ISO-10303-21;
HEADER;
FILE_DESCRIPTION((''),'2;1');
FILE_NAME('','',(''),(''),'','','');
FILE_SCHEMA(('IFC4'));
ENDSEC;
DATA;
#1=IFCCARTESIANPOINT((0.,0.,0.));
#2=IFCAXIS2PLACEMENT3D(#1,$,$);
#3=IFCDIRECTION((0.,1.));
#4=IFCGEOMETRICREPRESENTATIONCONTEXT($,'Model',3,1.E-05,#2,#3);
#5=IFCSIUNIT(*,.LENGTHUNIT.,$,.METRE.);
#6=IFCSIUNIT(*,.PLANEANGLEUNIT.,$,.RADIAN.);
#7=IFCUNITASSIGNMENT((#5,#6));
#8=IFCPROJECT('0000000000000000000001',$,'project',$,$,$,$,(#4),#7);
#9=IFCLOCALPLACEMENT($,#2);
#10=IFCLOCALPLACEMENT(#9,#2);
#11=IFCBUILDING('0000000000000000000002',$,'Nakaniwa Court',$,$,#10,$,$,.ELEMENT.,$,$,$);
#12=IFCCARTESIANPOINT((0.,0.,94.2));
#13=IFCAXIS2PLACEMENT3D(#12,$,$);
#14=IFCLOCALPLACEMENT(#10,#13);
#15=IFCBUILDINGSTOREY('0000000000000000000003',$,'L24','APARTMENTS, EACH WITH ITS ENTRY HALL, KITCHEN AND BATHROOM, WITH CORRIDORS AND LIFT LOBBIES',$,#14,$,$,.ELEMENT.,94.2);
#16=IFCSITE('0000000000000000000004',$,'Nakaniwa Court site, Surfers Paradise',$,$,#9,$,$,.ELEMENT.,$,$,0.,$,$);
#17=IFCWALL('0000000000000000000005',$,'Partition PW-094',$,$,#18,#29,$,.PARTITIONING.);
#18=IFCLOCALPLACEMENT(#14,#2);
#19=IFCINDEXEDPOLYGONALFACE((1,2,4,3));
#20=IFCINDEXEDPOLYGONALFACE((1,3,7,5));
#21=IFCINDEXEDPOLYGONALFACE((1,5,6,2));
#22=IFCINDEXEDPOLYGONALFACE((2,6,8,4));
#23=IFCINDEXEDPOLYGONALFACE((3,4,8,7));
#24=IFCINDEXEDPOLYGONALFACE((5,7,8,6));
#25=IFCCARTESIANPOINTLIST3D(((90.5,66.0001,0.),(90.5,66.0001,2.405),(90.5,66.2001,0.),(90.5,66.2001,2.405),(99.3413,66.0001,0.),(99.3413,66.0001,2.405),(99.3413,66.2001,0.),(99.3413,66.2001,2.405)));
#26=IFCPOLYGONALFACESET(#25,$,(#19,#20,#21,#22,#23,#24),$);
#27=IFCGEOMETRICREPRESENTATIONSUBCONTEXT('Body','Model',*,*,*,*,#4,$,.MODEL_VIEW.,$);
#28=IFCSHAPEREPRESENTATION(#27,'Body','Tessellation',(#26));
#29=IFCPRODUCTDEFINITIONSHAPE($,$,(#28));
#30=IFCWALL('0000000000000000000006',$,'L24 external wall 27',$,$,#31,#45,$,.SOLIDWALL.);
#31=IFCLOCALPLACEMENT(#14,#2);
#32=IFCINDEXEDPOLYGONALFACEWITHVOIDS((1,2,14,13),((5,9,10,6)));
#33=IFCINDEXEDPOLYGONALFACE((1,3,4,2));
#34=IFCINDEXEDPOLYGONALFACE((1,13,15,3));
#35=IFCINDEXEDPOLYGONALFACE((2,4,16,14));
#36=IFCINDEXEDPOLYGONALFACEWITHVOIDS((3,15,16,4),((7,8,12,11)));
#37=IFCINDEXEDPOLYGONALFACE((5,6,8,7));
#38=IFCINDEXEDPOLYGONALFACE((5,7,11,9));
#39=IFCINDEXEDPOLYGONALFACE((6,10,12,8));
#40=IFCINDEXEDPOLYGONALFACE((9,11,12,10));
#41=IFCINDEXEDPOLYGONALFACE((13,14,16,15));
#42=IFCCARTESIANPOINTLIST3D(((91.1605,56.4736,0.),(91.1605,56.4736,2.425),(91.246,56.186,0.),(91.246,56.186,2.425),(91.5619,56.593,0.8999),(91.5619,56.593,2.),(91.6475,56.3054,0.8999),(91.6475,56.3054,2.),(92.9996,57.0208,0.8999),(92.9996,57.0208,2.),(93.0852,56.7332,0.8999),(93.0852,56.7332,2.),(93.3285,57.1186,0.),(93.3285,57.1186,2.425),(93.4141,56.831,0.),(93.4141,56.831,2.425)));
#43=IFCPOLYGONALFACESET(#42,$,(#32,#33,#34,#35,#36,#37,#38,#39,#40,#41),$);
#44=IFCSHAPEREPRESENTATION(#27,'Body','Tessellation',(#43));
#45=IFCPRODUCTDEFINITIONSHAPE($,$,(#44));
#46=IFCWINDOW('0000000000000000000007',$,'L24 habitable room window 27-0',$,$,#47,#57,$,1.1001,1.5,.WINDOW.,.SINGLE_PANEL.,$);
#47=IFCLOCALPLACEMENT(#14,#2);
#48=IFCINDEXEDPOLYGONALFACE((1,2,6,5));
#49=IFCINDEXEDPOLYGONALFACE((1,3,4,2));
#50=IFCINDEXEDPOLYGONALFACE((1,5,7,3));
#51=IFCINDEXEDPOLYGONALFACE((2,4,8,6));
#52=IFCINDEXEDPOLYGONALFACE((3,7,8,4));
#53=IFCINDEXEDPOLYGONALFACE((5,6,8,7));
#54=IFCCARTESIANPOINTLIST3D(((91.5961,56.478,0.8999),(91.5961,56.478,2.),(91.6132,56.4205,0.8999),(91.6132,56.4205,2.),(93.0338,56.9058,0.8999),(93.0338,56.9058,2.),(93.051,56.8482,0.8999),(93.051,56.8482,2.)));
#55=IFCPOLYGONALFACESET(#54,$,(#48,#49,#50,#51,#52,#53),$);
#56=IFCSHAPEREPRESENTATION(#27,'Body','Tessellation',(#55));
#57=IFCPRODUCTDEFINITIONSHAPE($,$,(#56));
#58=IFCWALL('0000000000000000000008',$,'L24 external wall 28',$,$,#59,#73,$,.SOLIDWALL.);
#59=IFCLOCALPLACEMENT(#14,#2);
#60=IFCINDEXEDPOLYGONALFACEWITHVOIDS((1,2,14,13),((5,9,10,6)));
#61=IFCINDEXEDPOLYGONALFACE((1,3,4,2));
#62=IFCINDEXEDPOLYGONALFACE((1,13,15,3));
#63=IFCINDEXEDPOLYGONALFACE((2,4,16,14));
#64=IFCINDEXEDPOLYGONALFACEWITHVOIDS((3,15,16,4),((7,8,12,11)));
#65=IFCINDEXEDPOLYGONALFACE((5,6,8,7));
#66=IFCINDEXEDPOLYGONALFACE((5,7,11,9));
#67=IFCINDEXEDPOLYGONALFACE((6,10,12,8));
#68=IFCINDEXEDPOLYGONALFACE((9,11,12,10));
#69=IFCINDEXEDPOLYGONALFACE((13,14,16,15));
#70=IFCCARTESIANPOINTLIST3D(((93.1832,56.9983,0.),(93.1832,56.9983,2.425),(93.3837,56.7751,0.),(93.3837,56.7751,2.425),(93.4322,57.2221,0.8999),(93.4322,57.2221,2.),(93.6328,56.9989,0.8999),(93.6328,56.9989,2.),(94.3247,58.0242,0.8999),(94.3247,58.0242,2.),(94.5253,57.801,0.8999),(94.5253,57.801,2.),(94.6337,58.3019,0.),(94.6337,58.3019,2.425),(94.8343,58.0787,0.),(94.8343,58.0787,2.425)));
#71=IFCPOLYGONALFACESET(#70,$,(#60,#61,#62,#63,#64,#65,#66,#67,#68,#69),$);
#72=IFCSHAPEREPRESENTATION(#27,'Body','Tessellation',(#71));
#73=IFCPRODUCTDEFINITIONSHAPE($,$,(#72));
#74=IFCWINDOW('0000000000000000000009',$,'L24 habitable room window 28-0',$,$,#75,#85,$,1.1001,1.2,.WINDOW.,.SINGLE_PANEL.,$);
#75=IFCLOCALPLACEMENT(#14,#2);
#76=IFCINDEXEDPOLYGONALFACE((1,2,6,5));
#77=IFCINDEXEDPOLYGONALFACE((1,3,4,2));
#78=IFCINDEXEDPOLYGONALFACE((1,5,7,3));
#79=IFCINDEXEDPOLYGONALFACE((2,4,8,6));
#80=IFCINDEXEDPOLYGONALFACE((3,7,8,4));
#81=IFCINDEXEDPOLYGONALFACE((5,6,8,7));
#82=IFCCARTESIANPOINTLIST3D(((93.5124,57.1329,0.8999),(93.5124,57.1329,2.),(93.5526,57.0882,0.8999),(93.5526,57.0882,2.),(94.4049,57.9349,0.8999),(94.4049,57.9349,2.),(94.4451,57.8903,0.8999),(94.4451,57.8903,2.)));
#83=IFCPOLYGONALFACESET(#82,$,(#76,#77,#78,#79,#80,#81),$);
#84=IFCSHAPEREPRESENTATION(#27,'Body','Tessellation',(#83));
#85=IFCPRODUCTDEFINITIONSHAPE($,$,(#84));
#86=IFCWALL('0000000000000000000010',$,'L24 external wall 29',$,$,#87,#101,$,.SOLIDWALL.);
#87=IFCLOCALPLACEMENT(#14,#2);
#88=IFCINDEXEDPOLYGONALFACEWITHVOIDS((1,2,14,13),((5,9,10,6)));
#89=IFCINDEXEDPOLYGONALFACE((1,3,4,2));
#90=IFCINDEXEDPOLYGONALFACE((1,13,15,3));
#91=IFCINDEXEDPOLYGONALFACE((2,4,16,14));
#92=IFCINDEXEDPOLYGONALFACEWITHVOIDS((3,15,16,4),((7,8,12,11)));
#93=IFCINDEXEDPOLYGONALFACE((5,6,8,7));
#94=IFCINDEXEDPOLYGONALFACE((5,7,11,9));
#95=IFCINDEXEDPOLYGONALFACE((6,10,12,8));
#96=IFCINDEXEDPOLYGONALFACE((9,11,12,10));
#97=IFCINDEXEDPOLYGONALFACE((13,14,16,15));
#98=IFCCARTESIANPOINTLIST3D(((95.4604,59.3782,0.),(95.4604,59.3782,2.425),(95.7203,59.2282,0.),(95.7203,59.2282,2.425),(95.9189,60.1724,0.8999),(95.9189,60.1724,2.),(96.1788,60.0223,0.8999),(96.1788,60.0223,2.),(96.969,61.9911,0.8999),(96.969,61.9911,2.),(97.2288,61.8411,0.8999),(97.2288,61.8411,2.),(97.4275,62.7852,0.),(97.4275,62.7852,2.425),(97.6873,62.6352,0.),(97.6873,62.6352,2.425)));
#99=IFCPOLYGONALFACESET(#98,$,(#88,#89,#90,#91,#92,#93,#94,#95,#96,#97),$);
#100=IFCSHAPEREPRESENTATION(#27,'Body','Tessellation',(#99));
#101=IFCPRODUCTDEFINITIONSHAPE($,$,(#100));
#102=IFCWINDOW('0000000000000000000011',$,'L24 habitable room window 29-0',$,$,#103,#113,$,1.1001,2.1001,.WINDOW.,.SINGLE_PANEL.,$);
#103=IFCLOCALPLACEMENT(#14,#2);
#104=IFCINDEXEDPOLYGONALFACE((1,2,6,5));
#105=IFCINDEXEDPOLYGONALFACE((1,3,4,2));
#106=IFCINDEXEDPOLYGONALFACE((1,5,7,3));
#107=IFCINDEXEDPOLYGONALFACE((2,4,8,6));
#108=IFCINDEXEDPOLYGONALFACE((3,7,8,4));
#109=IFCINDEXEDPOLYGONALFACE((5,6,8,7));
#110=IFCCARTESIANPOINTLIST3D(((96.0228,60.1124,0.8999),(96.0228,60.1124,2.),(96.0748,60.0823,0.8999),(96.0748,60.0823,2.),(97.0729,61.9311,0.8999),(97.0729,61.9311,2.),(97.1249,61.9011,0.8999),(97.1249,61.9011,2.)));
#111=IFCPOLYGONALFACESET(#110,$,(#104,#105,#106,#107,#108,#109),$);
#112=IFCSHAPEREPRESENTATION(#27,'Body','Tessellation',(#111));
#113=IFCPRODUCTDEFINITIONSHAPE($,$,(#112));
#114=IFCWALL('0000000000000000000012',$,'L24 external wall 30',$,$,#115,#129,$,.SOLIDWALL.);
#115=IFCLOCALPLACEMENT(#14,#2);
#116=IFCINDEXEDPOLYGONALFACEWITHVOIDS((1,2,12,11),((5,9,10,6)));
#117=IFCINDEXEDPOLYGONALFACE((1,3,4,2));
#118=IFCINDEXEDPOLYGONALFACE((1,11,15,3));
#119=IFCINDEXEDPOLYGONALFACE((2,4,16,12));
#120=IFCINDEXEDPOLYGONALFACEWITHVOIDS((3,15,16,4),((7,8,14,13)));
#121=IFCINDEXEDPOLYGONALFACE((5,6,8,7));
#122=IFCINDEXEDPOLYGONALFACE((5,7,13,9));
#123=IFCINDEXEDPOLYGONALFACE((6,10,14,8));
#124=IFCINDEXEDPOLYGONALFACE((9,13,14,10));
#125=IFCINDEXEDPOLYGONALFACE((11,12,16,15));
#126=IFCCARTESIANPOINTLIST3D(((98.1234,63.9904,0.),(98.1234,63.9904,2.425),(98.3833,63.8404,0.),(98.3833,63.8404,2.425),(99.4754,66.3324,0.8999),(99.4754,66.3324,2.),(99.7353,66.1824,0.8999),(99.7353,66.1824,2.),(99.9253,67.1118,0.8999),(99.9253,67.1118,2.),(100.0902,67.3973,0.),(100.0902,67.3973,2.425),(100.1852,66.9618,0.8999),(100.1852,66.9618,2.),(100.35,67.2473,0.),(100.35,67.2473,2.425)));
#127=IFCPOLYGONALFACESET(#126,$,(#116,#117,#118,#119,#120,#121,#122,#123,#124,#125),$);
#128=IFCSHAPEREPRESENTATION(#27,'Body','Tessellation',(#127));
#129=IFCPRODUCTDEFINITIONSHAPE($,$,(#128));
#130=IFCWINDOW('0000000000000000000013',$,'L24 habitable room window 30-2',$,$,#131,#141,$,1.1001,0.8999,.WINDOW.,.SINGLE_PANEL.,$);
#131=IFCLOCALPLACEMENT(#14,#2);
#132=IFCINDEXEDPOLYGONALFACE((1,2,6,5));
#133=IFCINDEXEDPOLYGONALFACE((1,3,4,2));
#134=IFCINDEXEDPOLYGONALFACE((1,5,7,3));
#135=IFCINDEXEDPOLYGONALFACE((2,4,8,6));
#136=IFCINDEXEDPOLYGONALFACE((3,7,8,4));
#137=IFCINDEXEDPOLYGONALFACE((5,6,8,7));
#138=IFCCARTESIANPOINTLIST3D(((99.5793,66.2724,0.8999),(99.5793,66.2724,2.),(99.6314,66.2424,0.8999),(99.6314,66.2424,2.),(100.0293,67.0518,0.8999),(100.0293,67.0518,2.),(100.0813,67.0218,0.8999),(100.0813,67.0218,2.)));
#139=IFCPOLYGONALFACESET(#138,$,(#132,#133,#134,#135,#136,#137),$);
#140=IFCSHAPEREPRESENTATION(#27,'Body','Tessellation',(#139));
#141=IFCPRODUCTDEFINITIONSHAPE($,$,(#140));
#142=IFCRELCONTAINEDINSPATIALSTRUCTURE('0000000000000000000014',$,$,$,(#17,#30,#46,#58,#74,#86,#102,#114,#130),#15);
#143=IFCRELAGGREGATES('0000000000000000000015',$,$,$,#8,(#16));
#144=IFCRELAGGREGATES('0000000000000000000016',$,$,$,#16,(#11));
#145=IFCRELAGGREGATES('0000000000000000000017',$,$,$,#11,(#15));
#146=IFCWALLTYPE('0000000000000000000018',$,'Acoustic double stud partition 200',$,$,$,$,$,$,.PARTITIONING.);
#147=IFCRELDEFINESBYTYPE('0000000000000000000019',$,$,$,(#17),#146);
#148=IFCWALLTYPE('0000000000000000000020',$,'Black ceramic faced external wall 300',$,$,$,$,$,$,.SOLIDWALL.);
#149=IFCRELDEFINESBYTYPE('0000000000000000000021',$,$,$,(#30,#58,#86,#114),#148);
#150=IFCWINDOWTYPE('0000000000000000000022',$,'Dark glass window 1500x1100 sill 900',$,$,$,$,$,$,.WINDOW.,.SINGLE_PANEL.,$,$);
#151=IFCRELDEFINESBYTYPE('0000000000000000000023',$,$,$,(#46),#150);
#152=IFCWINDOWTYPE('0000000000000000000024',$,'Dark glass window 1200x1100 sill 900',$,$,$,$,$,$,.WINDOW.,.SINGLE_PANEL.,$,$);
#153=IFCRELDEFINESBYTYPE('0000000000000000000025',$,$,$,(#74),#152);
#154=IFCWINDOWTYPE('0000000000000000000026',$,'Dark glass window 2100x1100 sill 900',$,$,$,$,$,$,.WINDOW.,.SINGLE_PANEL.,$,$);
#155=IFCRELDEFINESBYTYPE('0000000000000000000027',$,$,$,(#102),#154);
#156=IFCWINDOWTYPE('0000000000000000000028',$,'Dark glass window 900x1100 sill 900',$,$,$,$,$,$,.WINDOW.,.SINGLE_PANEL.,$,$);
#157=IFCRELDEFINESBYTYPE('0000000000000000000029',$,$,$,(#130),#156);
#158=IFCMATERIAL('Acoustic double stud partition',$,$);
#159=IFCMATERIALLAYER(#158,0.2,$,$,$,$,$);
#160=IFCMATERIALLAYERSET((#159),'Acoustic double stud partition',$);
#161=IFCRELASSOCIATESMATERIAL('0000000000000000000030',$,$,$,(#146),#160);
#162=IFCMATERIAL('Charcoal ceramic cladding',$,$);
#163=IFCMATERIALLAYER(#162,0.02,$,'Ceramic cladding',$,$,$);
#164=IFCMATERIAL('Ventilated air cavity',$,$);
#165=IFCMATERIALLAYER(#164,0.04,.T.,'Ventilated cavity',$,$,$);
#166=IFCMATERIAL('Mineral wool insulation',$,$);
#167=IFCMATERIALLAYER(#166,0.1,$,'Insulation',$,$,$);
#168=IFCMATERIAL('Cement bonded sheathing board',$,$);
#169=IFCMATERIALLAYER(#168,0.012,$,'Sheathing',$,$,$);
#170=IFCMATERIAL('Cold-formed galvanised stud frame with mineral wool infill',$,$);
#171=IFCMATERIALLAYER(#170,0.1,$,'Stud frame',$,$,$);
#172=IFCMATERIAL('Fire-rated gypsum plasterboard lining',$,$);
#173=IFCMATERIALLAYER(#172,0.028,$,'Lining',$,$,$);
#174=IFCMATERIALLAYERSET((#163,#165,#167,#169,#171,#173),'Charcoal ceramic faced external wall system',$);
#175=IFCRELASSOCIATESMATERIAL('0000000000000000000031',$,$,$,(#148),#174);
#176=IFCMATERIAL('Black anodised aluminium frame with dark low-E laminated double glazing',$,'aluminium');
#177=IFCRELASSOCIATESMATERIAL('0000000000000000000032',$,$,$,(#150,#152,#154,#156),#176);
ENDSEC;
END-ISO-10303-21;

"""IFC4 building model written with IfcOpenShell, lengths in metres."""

from ifc_helpers import new_model, si_unit, direction, frame, frame_2d, origin, place, context, subcontext, project, spatial, rectangle, extrude, material, layer, layer_set, type_object, element, fill, save


model = new_model("IFC4")

# Units and contexts
model_context = context("Model", 3, precision=1e-05, world=origin(), true_north=direction((0.0, 1.0)))
body_context = subcontext(model_context, "Body", "Model", "MODEL_VIEW")
ifc_project = project(units=[si_unit("LENGTHUNIT", "METRE"), si_unit("PLANEANGLEUNIT", "RADIAN")], contexts=[model_context])

# Site, building, storey
site_placement = place(None, origin())
site = spatial("IfcSite", under=ifc_project, at=site_placement, Name="Nakaniwa Court site, Surfers Paradise", CompositionType="ELEMENT", RefElevation=0.0)
building_placement = place(site_placement, origin())
building = spatial("IfcBuilding", under=site, at=building_placement, Name="Nakaniwa Court", CompositionType="ELEMENT")
storey_placement = place(building_placement, frame((0.0, 0.0, 94.2)))
storey = spatial("IfcBuildingStorey", under=building, at=storey_placement, Name="L24", Description="APARTMENTS, EACH WITH ITS ENTRY HALL, KITCHEN AND BATHROOM, WITH CORRIDORS AND LIFT LOBBIES", CompositionType="ELEMENT", Elevation=94.2)

# Wall
ifc_material_1 = material(Name="Acoustic double stud partition")
ifc_layer_1 = layer(ifc_material_1, 0.2)
ifc_layer_set_1 = layer_set([ifc_layer_1], Name="Acoustic double stud partition")
wall_type_1 = type_object("IfcWallType", Name="Acoustic double stud partition 200", PredefinedType="PARTITIONING", material=ifc_layer_set_1)
wall_1_placement = place(storey_placement, frame((90.5, 66.1001, 0.0), z_axis=(0.0, 0.0, 1.0), x_axis=(1.0, 0.0, 0.0)))
element("IfcWall", 1, at=wall_1_placement, inside=storey, type_object=wall_type_1, Name="Partition PW-094", PredefinedType="PARTITIONING", context=body_context, shape_type="SweptSolid", body=[
    extrude(rectangle(XDim=8.8413, YDim=0.2, at=frame_2d((4.4207, 0.0))), origin(), (0.0, 0.0, 1.0), 2.405),
])

# Walls, openings, windows
ifc_material_2 = material(Name="Charcoal ceramic cladding")
ifc_layer_2 = layer(ifc_material_2, 0.02, Name="Ceramic cladding")
ifc_material_3 = material(Name="Ventilated air cavity")
ifc_layer_3 = layer(ifc_material_3, 0.04, ventilated=True, Name="Ventilated cavity")
ifc_material_4 = material(Name="Mineral wool insulation")
ifc_layer_4 = layer(ifc_material_4, 0.1, Name="Insulation")
ifc_material_5 = material(Name="Cement bonded sheathing board")
ifc_layer_5 = layer(ifc_material_5, 0.012, Name="Sheathing")
ifc_material_6 = material(Name="Cold-formed galvanised stud frame with mineral wool infill")
ifc_layer_6 = layer(ifc_material_6, 0.1, Name="Stud frame")
ifc_material_7 = material(Name="Fire-rated gypsum plasterboard lining")
ifc_layer_7 = layer(ifc_material_7, 0.028, Name="Lining")
ifc_layer_set_2 = layer_set([ifc_layer_2, ifc_layer_3, ifc_layer_4, ifc_layer_5, ifc_layer_6, ifc_layer_7], Name="Charcoal ceramic faced external wall system")
wall_type_2 = type_object("IfcWallType", Name="Black ceramic faced external wall 300", PredefinedType="SOLIDWALL", material=ifc_layer_set_2)
wall_2_placement = place(storey_placement, frame((91.2034, 56.3298, 0.0), z_axis=(0.0, 0.0, 1.0), x_axis=(0.958477, 0.285169, 0.0)))
wall_2 = element("IfcWall", 2, at=wall_2_placement, inside=storey, type_object=wall_type_2, Name="L24 external wall 27", PredefinedType="SOLIDWALL", context=body_context, shape_type="SweptSolid", body=[
    extrude(rectangle(XDim=2.262, YDim=0.3, at=frame_2d((1.1309, 0.0))), origin(), (0.0, 0.0, 1.0), 2.425),
])
opening_1_placement = place(wall_2_placement, frame((0.4187, 0.0, 0.8999)))
opening_1 = element("IfcOpeningElement", 3, at=opening_1_placement, cuts=wall_2, PredefinedType="OPENING", context=body_context, shape_type="SweptSolid", body=[
    extrude(rectangle(XDim=1.5, YDim=1.1001, at=frame_2d((0.75, 0.55))), frame((0.0, 0.1599, 0.0), z_axis=(0.0, -1.0, 0.0), x_axis=(1.0, 0.0, 0.0)), (0.0, 0.0, 1.0), 0.3201),
])
ifc_material_8 = material(Name="Black anodised aluminium frame with dark low-E laminated double glazing", Category="aluminium")
window_type_1 = type_object("IfcWindowType", Name="Dark glass window 1500x1100 sill 900", PartitioningType="SINGLE_PANEL", PredefinedType="WINDOW", material=ifc_material_8)
window_1_placement = place(opening_1_placement, origin())
window_1 = element("IfcWindow", 4, at=window_1_placement, inside=storey, type_object=window_type_1, Name="L24 habitable room window 27-0", OverallHeight=1.1001, OverallWidth=1.5, PartitioningType="SINGLE_PANEL", PredefinedType="WINDOW", context=body_context, shape_type="SweptSolid", body=[
    extrude(rectangle(XDim=1.5, YDim=1.1001, at=frame_2d((0.75, 0.55))), frame((0.0, 0.03, 0.0), z_axis=(0.0, -1.0, 0.0), x_axis=(1.0, 0.0, 0.0)), (0.0, 0.0, 1.0), 0.0601),
])
fill(opening_1, window_1)
wall_3_placement = place(storey_placement, frame((93.2834, 56.8867, 0.0), z_axis=(0.0, 0.0, 1.0), x_axis=(0.743786, 0.668418, 0.0)))
wall_3 = element("IfcWall", 5, at=wall_3_placement, inside=storey, type_object=wall_type_2, Name="L24 external wall 28", PredefinedType="SOLIDWALL", context=body_context, shape_type="SweptSolid", body=[
    extrude(rectangle(XDim=1.9502, YDim=0.3, at=frame_2d((0.9751, 0.0))), origin(), (0.0, 0.0, 1.0), 2.425),
])
opening_2_placement = place(wall_3_placement, frame((0.3347, 0.0, 0.8999)))
opening_2 = element("IfcOpeningElement", 6, at=opening_2_placement, cuts=wall_3, PredefinedType="OPENING", context=body_context, shape_type="SweptSolid", body=[
    extrude(rectangle(XDim=1.2, YDim=1.1001, at=frame_2d((0.6001, 0.55))), frame((0.0, 0.1599, 0.0), z_axis=(0.0, -1.0, 0.0), x_axis=(1.0, 0.0, 0.0)), (0.0, 0.0, 1.0), 0.3201),
])
window_type_2 = type_object("IfcWindowType", Name="Dark glass window 1200x1100 sill 900", PartitioningType="SINGLE_PANEL", PredefinedType="WINDOW", material=ifc_material_8)
window_2_placement = place(opening_2_placement, origin())
window_2 = element("IfcWindow", 7, at=window_2_placement, inside=storey, type_object=window_type_2, Name="L24 habitable room window 28-0", OverallHeight=1.1001, OverallWidth=1.2, PartitioningType="SINGLE_PANEL", PredefinedType="WINDOW", context=body_context, shape_type="SweptSolid", body=[
    extrude(rectangle(XDim=1.2, YDim=1.1001, at=frame_2d((0.6001, 0.55))), frame((0.0, 0.03, 0.0), z_axis=(0.0, -1.0, 0.0), x_axis=(1.0, 0.0, 0.0)), (0.0, 0.0, 1.0), 0.0601),
])
fill(opening_2, window_2)
wall_4_placement = place(storey_placement, frame((95.5903, 59.3032, 0.0), z_axis=(0.0, 0.0, 1.0), x_axis=(0.500004, 0.866023, 0.0)))
wall_4 = element("IfcWall", 8, at=wall_4_placement, inside=storey, type_object=wall_type_2, Name="L24 external wall 29", PredefinedType="SOLIDWALL", context=body_context, shape_type="SweptSolid", body=[
    extrude(rectangle(XDim=3.9341, YDim=0.3, at=frame_2d((1.967, 0.0))), origin(), (0.0, 0.0, 1.0), 2.425),
])
opening_3_placement = place(wall_4_placement, frame((0.917, 0.0, 0.8999)))
opening_3 = element("IfcOpeningElement", 9, at=opening_3_placement, cuts=wall_4, PredefinedType="OPENING", context=body_context, shape_type="SweptSolid", body=[
    extrude(rectangle(XDim=2.1001, YDim=1.1001, at=frame_2d((1.05, 0.55))), frame((0.0, 0.1599, 0.0), z_axis=(0.0, -1.0, 0.0), x_axis=(1.0, 0.0, 0.0)), (0.0, 0.0, 1.0), 0.3201),
])
window_type_3 = type_object("IfcWindowType", Name="Dark glass window 2100x1100 sill 900", PartitioningType="SINGLE_PANEL", PredefinedType="WINDOW", material=ifc_material_8)
window_3_placement = place(opening_3_placement, origin())
window_3 = element("IfcWindow", 10, at=window_3_placement, inside=storey, type_object=window_type_3, Name="L24 habitable room window 29-0", OverallHeight=1.1001, OverallWidth=2.1001, PartitioningType="SINGLE_PANEL", PredefinedType="WINDOW", context=body_context, shape_type="SweptSolid", body=[
    extrude(rectangle(XDim=2.1001, YDim=1.1001, at=frame_2d((1.05, 0.55))), frame((0.0, 0.03, 0.0), z_axis=(0.0, -1.0, 0.0), x_axis=(1.0, 0.0, 0.0)), (0.0, 0.0, 1.0), 0.0601),
])
fill(opening_3, window_3)
wall_5_placement = place(storey_placement, frame((98.2534, 63.9155, 0.0), z_axis=(0.0, 0.0, 1.0), x_axis=(0.499957, 0.86605, 0.0)))
wall_5 = element("IfcWall", 11, at=wall_5_placement, inside=storey, type_object=wall_type_2, Name="L24 external wall 30", PredefinedType="SOLIDWALL", context=body_context, shape_type="SweptSolid", body=[
    extrude(rectangle(XDim=3.9338, YDim=0.3, at=frame_2d((1.9668, 0.0))), origin(), (0.0, 0.0, 1.0), 2.425),
])
opening_4_placement = place(wall_5_placement, frame((2.7041, 0.0, 0.8999)))
opening_4 = element("IfcOpeningElement", 12, at=opening_4_placement, cuts=wall_5, PredefinedType="OPENING", context=body_context, shape_type="SweptSolid", body=[
    extrude(rectangle(XDim=0.8999, YDim=1.1001, at=frame_2d((0.45, 0.55))), frame((0.0, 0.1599, 0.0), z_axis=(0.0, -1.0, 0.0), x_axis=(1.0, 0.0, 0.0)), (0.0, 0.0, 1.0), 0.3201),
])
window_type_4 = type_object("IfcWindowType", Name="Dark glass window 900x1100 sill 900", PartitioningType="SINGLE_PANEL", PredefinedType="WINDOW", material=ifc_material_8)
window_4_placement = place(opening_4_placement, origin())
window_4 = element("IfcWindow", 13, at=window_4_placement, inside=storey, type_object=window_type_4, Name="L24 habitable room window 30-2", OverallHeight=1.1001, OverallWidth=0.8999, PartitioningType="SINGLE_PANEL", PredefinedType="WINDOW", context=body_context, shape_type="SweptSolid", body=[
    extrude(rectangle(XDim=0.8999, YDim=1.1001, at=frame_2d((0.45, 0.55))), frame((0.0, 0.03, 0.0), z_axis=(0.0, -1.0, 0.0), x_axis=(1.0, 0.0, 0.0)), (0.0, 0.0, 1.0), 0.0601),
])
fill(opening_4, window_4)

save(model, "model.ifc")
